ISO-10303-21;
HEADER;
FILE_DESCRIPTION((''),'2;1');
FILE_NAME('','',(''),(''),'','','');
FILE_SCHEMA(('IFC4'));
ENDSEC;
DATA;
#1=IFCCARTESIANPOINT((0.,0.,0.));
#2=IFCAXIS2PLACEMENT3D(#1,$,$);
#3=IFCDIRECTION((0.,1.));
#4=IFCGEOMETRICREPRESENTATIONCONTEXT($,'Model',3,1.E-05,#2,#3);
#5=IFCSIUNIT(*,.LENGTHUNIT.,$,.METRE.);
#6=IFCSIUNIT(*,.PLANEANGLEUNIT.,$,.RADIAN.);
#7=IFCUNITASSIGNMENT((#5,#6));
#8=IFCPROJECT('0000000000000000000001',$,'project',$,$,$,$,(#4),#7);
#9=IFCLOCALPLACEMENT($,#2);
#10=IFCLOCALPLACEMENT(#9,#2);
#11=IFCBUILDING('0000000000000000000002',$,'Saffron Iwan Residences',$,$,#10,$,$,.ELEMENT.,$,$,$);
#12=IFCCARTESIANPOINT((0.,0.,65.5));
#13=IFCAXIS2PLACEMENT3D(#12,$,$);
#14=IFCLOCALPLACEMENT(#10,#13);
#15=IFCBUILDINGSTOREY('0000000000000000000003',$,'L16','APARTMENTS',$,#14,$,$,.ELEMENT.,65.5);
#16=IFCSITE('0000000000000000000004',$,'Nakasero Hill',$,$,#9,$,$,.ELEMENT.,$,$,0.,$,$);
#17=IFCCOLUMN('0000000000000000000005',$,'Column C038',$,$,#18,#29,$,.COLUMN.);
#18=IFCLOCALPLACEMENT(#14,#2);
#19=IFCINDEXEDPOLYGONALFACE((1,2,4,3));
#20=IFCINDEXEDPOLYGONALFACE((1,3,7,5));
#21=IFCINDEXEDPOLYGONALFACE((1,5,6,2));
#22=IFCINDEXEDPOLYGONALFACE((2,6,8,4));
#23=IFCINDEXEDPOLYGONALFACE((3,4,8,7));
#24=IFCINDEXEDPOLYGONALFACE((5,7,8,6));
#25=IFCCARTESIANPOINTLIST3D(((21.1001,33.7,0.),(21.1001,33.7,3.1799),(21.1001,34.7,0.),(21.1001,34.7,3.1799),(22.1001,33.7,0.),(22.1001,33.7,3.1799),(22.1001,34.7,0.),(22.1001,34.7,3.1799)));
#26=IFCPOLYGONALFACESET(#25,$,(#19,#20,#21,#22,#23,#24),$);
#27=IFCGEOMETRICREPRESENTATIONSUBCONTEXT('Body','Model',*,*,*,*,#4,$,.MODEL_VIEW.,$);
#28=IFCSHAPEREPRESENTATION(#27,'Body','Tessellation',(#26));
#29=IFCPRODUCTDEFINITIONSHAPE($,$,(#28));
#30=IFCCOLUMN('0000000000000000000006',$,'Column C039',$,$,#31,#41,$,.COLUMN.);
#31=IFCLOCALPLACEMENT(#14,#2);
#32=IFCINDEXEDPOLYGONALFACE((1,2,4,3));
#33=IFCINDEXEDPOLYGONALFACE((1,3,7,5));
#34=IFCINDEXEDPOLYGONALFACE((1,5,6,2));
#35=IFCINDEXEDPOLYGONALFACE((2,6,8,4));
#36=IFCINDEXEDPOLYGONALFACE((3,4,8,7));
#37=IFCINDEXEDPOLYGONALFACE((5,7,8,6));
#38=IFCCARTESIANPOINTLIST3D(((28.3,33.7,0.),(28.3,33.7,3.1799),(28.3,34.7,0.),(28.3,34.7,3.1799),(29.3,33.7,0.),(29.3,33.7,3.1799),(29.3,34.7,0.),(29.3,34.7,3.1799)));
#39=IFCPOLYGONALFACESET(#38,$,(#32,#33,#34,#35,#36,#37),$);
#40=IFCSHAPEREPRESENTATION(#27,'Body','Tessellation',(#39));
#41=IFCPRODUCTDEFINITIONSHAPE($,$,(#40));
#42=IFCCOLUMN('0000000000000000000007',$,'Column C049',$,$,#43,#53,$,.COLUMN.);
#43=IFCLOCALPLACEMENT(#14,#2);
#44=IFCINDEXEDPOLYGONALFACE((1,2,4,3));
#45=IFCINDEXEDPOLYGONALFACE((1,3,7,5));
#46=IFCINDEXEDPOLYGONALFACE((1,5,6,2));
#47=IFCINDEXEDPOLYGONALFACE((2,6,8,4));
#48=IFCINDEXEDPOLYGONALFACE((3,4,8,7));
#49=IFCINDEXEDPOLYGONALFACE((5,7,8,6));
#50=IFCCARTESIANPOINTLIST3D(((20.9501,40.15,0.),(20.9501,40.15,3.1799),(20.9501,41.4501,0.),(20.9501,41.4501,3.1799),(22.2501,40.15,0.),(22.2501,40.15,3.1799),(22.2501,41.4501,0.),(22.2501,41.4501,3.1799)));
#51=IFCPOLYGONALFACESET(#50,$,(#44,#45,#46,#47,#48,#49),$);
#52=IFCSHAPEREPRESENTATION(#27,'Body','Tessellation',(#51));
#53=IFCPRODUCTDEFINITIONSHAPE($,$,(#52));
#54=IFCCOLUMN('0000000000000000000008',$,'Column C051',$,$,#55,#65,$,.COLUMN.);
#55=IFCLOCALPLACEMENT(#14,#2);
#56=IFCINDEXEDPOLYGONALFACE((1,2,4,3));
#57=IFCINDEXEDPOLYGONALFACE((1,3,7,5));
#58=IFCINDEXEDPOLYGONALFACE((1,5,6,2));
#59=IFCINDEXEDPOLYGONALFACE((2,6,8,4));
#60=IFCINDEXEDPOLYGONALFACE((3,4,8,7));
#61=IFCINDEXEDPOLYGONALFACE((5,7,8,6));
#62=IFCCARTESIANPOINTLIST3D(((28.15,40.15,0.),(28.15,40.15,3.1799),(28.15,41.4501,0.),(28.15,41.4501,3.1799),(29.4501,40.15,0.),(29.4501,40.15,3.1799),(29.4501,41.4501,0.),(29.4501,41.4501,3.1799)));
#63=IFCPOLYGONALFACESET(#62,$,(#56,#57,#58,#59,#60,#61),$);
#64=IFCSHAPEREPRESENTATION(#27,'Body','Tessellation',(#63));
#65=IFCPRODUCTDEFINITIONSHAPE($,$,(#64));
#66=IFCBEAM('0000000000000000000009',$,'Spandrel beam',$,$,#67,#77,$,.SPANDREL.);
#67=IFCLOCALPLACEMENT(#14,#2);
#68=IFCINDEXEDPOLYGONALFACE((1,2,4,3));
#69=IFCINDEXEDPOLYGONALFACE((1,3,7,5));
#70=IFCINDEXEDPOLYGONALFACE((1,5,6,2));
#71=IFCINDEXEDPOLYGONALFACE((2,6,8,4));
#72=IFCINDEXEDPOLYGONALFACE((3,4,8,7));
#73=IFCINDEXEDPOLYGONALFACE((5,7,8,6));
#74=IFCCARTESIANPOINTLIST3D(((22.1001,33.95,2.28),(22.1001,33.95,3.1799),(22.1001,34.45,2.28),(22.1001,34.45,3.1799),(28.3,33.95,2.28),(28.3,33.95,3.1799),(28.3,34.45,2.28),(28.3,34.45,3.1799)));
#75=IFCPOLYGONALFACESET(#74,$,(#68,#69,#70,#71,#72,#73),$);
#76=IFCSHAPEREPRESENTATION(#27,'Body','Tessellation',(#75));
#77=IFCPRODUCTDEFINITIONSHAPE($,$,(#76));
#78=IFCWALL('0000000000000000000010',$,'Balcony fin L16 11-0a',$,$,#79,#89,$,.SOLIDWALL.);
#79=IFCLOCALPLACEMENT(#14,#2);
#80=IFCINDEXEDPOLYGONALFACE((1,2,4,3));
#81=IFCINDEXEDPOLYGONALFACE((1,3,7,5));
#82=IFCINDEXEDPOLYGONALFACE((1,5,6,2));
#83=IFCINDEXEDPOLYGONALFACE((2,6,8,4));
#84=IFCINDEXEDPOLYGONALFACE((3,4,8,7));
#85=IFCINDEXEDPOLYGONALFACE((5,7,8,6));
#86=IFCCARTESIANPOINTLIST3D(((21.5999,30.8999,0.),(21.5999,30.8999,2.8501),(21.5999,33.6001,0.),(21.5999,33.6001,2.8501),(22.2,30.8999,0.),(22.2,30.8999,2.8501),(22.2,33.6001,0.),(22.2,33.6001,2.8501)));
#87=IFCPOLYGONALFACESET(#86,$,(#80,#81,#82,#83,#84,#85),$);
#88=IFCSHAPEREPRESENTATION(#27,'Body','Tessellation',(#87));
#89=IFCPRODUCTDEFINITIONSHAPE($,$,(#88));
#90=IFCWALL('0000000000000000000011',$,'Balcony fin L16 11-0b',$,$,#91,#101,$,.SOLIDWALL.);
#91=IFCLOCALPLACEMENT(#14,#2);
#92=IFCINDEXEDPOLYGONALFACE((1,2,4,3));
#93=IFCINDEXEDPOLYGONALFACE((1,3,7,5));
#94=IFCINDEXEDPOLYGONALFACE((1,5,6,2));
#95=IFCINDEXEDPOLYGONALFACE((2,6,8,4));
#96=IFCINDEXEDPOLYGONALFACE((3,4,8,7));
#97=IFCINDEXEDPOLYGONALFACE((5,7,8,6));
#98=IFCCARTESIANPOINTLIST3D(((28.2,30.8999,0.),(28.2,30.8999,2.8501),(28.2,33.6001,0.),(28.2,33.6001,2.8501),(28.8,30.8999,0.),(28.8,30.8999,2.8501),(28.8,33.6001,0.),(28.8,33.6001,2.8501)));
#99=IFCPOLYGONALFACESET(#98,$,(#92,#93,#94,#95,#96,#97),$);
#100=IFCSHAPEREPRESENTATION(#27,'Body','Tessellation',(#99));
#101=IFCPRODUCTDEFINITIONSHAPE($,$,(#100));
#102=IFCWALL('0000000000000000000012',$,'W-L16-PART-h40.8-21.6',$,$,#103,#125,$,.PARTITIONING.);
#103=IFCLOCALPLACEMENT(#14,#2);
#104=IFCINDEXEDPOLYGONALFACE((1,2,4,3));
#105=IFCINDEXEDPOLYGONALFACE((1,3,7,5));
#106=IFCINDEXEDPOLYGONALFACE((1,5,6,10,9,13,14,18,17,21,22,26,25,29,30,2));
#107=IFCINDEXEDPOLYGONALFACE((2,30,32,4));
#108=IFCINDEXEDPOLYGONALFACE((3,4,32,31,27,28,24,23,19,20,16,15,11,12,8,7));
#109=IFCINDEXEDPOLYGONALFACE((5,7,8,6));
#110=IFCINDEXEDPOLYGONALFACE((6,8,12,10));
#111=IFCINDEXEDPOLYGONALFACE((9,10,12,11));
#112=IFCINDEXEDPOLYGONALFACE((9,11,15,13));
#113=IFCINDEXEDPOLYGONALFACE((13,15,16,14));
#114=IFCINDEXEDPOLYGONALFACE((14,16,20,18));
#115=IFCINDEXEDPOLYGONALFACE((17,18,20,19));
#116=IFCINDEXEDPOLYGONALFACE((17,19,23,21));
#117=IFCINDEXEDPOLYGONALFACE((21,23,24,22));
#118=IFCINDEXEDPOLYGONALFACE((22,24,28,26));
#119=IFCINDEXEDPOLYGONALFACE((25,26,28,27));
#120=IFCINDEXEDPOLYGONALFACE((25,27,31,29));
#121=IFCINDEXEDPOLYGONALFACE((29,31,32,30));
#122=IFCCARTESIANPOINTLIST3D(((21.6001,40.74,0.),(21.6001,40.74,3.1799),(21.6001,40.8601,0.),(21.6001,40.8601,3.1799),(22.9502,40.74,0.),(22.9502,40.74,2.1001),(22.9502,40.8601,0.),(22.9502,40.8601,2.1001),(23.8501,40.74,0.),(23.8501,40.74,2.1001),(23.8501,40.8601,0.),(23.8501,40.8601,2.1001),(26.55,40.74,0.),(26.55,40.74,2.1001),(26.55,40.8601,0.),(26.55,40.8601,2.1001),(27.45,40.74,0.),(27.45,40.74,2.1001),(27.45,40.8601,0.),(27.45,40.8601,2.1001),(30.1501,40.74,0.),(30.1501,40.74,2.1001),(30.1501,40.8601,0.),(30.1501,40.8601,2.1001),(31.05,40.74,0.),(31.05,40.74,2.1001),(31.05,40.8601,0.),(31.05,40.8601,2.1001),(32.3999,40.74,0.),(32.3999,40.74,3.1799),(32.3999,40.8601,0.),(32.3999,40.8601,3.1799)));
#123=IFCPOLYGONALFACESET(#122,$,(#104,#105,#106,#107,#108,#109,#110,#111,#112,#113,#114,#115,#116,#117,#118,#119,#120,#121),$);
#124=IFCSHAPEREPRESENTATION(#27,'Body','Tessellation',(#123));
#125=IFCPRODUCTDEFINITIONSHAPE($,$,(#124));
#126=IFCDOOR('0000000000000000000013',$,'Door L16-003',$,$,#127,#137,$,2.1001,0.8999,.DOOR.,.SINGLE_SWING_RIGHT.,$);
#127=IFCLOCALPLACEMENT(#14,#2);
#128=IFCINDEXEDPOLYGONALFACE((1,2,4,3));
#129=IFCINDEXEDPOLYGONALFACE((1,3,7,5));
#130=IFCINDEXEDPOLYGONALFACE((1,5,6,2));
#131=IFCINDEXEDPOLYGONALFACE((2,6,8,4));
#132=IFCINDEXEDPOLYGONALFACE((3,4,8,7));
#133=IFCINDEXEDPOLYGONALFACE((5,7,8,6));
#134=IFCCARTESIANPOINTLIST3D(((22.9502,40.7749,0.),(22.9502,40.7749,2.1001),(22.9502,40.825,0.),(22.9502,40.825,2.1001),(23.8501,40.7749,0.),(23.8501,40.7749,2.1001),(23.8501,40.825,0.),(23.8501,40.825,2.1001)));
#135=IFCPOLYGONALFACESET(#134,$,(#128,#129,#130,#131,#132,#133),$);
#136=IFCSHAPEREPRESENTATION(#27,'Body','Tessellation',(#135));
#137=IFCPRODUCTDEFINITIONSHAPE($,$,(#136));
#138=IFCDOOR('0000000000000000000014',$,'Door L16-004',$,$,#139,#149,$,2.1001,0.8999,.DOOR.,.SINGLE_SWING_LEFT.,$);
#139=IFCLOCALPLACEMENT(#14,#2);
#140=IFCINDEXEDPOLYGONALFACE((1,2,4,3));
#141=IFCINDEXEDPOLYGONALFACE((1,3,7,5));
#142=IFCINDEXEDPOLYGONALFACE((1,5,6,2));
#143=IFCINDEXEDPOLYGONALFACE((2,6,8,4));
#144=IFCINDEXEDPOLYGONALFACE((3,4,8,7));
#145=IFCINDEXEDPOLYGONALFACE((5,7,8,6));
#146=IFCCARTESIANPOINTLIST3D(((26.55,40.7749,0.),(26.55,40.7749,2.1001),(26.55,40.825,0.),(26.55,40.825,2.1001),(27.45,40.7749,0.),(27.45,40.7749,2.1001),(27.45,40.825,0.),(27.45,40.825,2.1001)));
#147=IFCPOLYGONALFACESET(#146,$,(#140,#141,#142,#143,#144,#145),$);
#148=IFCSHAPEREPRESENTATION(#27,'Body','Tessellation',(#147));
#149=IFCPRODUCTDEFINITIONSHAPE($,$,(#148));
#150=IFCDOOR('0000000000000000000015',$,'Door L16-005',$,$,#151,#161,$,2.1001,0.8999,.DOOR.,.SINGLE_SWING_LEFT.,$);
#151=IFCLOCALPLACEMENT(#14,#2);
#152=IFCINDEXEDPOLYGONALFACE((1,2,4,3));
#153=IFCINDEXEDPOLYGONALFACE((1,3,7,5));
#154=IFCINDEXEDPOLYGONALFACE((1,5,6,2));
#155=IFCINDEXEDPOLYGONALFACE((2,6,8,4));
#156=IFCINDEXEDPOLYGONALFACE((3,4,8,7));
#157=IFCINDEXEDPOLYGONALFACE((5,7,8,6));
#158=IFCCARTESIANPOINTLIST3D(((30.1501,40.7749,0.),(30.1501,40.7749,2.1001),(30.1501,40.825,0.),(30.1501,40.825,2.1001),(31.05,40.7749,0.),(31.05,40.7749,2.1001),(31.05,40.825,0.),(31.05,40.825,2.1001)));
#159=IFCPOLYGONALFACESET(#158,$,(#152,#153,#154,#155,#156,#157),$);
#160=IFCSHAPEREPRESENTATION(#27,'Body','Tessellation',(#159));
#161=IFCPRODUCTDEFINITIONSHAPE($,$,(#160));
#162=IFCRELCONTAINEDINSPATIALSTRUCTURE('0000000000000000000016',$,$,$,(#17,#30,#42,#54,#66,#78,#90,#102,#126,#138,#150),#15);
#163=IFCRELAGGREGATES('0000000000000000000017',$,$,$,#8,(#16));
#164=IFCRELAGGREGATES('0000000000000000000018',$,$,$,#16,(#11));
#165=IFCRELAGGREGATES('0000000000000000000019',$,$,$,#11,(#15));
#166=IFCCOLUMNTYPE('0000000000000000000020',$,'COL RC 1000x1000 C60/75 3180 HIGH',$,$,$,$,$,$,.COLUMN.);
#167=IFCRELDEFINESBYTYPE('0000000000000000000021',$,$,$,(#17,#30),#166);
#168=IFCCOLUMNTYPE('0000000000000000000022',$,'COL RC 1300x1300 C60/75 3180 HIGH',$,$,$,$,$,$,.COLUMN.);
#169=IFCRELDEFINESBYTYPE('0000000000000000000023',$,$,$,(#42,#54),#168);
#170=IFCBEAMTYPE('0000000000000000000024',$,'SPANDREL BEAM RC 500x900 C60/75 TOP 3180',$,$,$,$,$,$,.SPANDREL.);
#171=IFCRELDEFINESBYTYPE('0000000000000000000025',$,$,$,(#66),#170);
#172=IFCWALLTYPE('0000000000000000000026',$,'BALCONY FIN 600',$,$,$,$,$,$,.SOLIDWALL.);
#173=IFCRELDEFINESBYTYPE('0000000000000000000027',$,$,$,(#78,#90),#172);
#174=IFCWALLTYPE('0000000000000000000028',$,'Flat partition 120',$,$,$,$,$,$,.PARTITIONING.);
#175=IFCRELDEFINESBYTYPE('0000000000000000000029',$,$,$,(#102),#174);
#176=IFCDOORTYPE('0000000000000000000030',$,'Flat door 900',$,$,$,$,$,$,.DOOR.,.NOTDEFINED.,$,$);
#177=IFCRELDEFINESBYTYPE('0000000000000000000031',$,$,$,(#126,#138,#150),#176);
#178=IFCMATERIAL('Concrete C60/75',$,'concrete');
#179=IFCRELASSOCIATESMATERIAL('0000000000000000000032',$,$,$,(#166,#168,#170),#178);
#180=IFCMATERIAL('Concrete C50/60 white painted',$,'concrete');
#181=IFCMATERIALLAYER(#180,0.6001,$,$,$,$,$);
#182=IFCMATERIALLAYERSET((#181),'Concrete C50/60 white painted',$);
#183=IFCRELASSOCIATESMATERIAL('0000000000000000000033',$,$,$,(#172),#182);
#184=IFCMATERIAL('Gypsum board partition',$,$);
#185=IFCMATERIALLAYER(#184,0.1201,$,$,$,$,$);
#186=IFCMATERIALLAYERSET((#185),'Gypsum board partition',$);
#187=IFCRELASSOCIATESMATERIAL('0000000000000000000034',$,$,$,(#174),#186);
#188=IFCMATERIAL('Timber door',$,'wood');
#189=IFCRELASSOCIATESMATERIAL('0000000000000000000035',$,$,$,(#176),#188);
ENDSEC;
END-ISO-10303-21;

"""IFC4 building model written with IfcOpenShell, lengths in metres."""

from ifc_helpers import new_model, si_unit, direction, frame, frame_2d, origin, origin_2d, place, context, subcontext, project, spatial, rectangle, extrude, source, transform, mapped, material, layer, layer_set, material_profile, profile_set, type_object, element, fill, save


model = new_model("IFC4")

# Units and contexts
model_context = context("Model", 3, precision=1e-05, world=origin(), true_north=direction((0.0, 1.0)))
body_context = subcontext(model_context, "Body", "Model", "MODEL_VIEW")
ifc_project = project(units=[si_unit("LENGTHUNIT", "METRE"), si_unit("PLANEANGLEUNIT", "RADIAN")], contexts=[model_context])

# Site, building, storey
site_placement = place(None, origin())
site = spatial("IfcSite", under=ifc_project, at=site_placement, Name="Nakasero Hill", CompositionType="ELEMENT", RefElevation=0.0)
building_placement = place(site_placement, origin())
building = spatial("IfcBuilding", under=site, at=building_placement, Name="Saffron Iwan Residences", CompositionType="ELEMENT")
storey_placement = place(building_placement, frame((0.0, 0.0, 65.5)))
storey = spatial("IfcBuildingStorey", under=building, at=storey_placement, Name="L16", Description="APARTMENTS", CompositionType="ELEMENT", Elevation=65.5)

# Columns
ifc_material_1 = material(Name="Concrete C60/75", Category="concrete")
ifc_material_profile_1 = material_profile(ifc_material_1, rectangle(XDim=1.0, YDim=1.0, at=origin_2d()), Name="RC 1000x1000")
ifc_profile_set_1 = profile_set([ifc_material_profile_1], Name="Concrete C60/75")
column_type_1 = type_object("IfcColumnType", Name="COL RC 1000x1000 C60/75 3180 HIGH", PredefinedType="COLUMN", material=ifc_profile_set_1)
shared_shape_1 = source(origin(), body_context, "Body", "SweptSolid", [
    extrude(rectangle(XDim=1.0, YDim=1.0, at=origin_2d()), origin(), (0.0, 0.0, 1.0), 3.1799),
])
for number, where, z_axis, x_axis, name in (
    (1, (21.6001, 34.2, 0.0), (0.0, 0.0, 1.0), (1.0, 0.0, 0.0), "Column C038"),
    (2, (28.8, 34.2, 0.0), (0.0, 0.0, 1.0), (1.0, 0.0, 0.0), "Column C039"),
):
    element("IfcColumn", number, at=place(storey_placement, frame(where, z_axis=z_axis, x_axis=x_axis)), inside=storey, type_object=column_type_1, Name=name, PredefinedType="COLUMN", context=body_context, shape_type="MappedRepresentation", body=[
        mapped(shared_shape_1, transform((0.0, 0.0, 0.0))),
    ])
ifc_material_profile_2 = material_profile(ifc_material_1, rectangle(XDim=1.3, YDim=1.3, at=origin_2d()), Name="RC 1300x1300")
ifc_profile_set_2 = profile_set([ifc_material_profile_2], Name="Concrete C60/75")
column_type_2 = type_object("IfcColumnType", Name="COL RC 1300x1300 C60/75 3180 HIGH", PredefinedType="COLUMN", material=ifc_profile_set_2)
shared_shape_2 = source(origin(), body_context, "Body", "SweptSolid", [
    extrude(rectangle(XDim=1.3, YDim=1.3, at=origin_2d()), origin(), (0.0, 0.0, 1.0), 3.1799),
])
for number, where, z_axis, x_axis, name in (
    (3, (21.6001, 40.8, 0.0), (0.0, 0.0, 1.0), (1.0, 0.0, 0.0), "Column C049"),
    (4, (28.8, 40.8, 0.0), (0.0, 0.0, 1.0), (1.0, 0.0, 0.0), "Column C051"),
):
    element("IfcColumn", number, at=place(storey_placement, frame(where, z_axis=z_axis, x_axis=x_axis)), inside=storey, type_object=column_type_2, Name=name, PredefinedType="COLUMN", context=body_context, shape_type="MappedRepresentation", body=[
        mapped(shared_shape_2, transform((0.0, 0.0, 0.0))),
    ])

# Beam
ifc_material_profile_3 = material_profile(ifc_material_1, rectangle(XDim=0.5, YDim=0.8999, at=origin_2d()), Name="RC 500x900")
ifc_profile_set_3 = profile_set([ifc_material_profile_3], Name="Concrete C60/75")
beam_type = type_object("IfcBeamType", Name="SPANDREL BEAM RC 500x900 C60/75 TOP 3180", PredefinedType="SPANDREL", material=ifc_profile_set_3)
shared_shape_3 = source(origin(), body_context, "Body", "SweptSolid", [
    extrude(rectangle(XDim=0.5, YDim=0.8999, at=origin_2d()), origin(), (0.0, 0.0, 1.0), 6.2),
])
beam_placement = place(storey_placement, frame((28.3, 34.2, 2.73), z_axis=(-1.0, 0.0, 0.0), x_axis=(0.0, -1.0, 0.0)))
element("IfcBeam", 5, at=beam_placement, inside=storey, type_object=beam_type, Name="Spandrel beam", PredefinedType="SPANDREL", context=body_context, shape_type="MappedRepresentation", body=[
    mapped(shared_shape_3, transform((0.0, 0.0, 0.0))),
])

# Walls
ifc_material_2 = material(Name="Concrete C50/60 white painted", Category="concrete")
ifc_layer_1 = layer(ifc_material_2, 0.6001)
ifc_layer_set_1 = layer_set([ifc_layer_1], Name="Concrete C50/60 white painted")
wall_type_1 = type_object("IfcWallType", Name="BALCONY FIN 600", PredefinedType="SOLIDWALL", material=ifc_layer_set_1)
for number, where, z_axis, x_axis, name in (
    (6, (21.8999, 33.6001, 0.0), (0.0, 0.0, 1.0), (0.0, -1.0, 0.0), "Balcony fin L16 11-0a"),
    (7, (28.5, 33.6001, 0.0), (0.0, 0.0, 1.0), (0.0, -1.0, 0.0), "Balcony fin L16 11-0b"),
):
    element("IfcWall", number, at=place(storey_placement, frame(where, z_axis=z_axis, x_axis=x_axis)), inside=storey, type_object=wall_type_1, Name=name, PredefinedType="SOLIDWALL", context=body_context, shape_type="SweptSolid", body=[
        extrude(rectangle(XDim=2.7002, YDim=0.6001, at=frame_2d((1.3501, 0.0))), origin(), (0.0, 0.0, 1.0), 2.8501),
    ])

# Wall, openings, doors
ifc_material_3 = material(Name="Gypsum board partition")
ifc_layer_2 = layer(ifc_material_3, 0.1201)
ifc_layer_set_2 = layer_set([ifc_layer_2], Name="Gypsum board partition")
wall_type_2 = type_object("IfcWallType", Name="Flat partition 120", PredefinedType="PARTITIONING", material=ifc_layer_set_2)
wall_1_placement = place(storey_placement, frame((21.6001, 40.8, 0.0), z_axis=(0.0, 0.0, 1.0), x_axis=(1.0, 0.0, 0.0)))
wall_1 = element("IfcWall", 8, at=wall_1_placement, inside=storey, type_object=wall_type_2, Name="W-L16-PART-h40.8-21.6", PredefinedType="PARTITIONING", context=body_context, shape_type="SweptSolid", body=[
    extrude(rectangle(XDim=10.7998, YDim=0.1201, at=frame_2d((5.3999, 0.0))), origin(), (0.0, 0.0, 1.0), 3.1799),
])
opening_1_placement = place(wall_1_placement, frame((1.3501, 0.0, 0.0)))
opening_1 = element("IfcOpeningElement", 9, at=opening_1_placement, cuts=wall_1, PredefinedType="OPENING", context=body_context, shape_type="SweptSolid", body=[
    extrude(rectangle(XDim=0.8999, YDim=2.1001, at=frame_2d((0.45, 1.05))), frame((0.0, 0.0701, 0.0), z_axis=(0.0, -1.0, 0.0), x_axis=(1.0, 0.0, 0.0)), (0.0, 0.0, 1.0), 0.1401),
])
opening_2_placement = place(wall_1_placement, frame((4.95, 0.0, 0.0)))
opening_2 = element("IfcOpeningElement", 10, at=opening_2_placement, cuts=wall_1, PredefinedType="OPENING", context=body_context, shape_type="SweptSolid", body=[
    extrude(rectangle(XDim=0.8999, YDim=2.1001, at=frame_2d((0.45, 1.05))), frame((0.0, 0.0701, 0.0), z_axis=(0.0, -1.0, 0.0), x_axis=(1.0, 0.0, 0.0)), (0.0, 0.0, 1.0), 0.1401),
])
opening_3_placement = place(wall_1_placement, frame((8.55, 0.0, 0.0)))
opening_3 = element("IfcOpeningElement", 11, at=opening_3_placement, cuts=wall_1, PredefinedType="OPENING", context=body_context, shape_type="SweptSolid", body=[
    extrude(rectangle(XDim=0.8999, YDim=2.1001, at=frame_2d((0.45, 1.05))), frame((0.0, 0.0701, 0.0), z_axis=(0.0, -1.0, 0.0), x_axis=(1.0, 0.0, 0.0)), (0.0, 0.0, 1.0), 0.1401),
])
ifc_material_4 = material(Name="Timber door", Category="wood")
door_type_1 = type_object("IfcDoorType", Name="Flat door 900", OperationType="NOTDEFINED", PredefinedType="DOOR", material=ifc_material_4)
door_1_placement = place(opening_1_placement, origin())
door_1 = element("IfcDoor", 12, at=door_1_placement, inside=storey, type_object=door_type_1, Name="Door L16-003", OperationType="SINGLE_SWING_RIGHT", OverallHeight=2.1001, OverallWidth=0.8999, PredefinedType="DOOR", context=body_context, shape_type="SweptSolid", body=[
    extrude(rectangle(XDim=0.8999, YDim=2.1001, at=frame_2d((0.45, 1.05))), frame((0.0, 0.0249, 0.0), z_axis=(0.0, -1.0, 0.0), x_axis=(1.0, 0.0, 0.0)), (0.0, 0.0, 1.0), 0.05),
])
fill(opening_1, door_1)
door_2_placement = place(opening_2_placement, origin())
door_2 = element("IfcDoor", 13, at=door_2_placement, inside=storey, type_object=door_type_1, Name="Door L16-004", OperationType="SINGLE_SWING_LEFT", OverallHeight=2.1001, OverallWidth=0.8999, PredefinedType="DOOR", context=body_context, shape_type="SweptSolid", body=[
    extrude(rectangle(XDim=0.8999, YDim=2.1001, at=frame_2d((0.45, 1.05))), frame((0.0, 0.0249, 0.0), z_axis=(0.0, -1.0, 0.0), x_axis=(1.0, 0.0, 0.0)), (0.0, 0.0, 1.0), 0.05),
])
fill(opening_2, door_2)
door_3_placement = place(opening_3_placement, origin())
door_3 = element("IfcDoor", 14, at=door_3_placement, inside=storey, type_object=door_type_1, Name="Door L16-005", OperationType="SINGLE_SWING_LEFT", OverallHeight=2.1001, OverallWidth=0.8999, PredefinedType="DOOR", context=body_context, shape_type="SweptSolid", body=[
    extrude(rectangle(XDim=0.8999, YDim=2.1001, at=frame_2d((0.45, 1.05))), frame((0.0, 0.0249, 0.0), z_axis=(0.0, -1.0, 0.0), x_axis=(1.0, 0.0, 0.0)), (0.0, 0.0, 1.0), 0.05),
])
fill(opening_3, door_3)

save(model, "model.ifc")
